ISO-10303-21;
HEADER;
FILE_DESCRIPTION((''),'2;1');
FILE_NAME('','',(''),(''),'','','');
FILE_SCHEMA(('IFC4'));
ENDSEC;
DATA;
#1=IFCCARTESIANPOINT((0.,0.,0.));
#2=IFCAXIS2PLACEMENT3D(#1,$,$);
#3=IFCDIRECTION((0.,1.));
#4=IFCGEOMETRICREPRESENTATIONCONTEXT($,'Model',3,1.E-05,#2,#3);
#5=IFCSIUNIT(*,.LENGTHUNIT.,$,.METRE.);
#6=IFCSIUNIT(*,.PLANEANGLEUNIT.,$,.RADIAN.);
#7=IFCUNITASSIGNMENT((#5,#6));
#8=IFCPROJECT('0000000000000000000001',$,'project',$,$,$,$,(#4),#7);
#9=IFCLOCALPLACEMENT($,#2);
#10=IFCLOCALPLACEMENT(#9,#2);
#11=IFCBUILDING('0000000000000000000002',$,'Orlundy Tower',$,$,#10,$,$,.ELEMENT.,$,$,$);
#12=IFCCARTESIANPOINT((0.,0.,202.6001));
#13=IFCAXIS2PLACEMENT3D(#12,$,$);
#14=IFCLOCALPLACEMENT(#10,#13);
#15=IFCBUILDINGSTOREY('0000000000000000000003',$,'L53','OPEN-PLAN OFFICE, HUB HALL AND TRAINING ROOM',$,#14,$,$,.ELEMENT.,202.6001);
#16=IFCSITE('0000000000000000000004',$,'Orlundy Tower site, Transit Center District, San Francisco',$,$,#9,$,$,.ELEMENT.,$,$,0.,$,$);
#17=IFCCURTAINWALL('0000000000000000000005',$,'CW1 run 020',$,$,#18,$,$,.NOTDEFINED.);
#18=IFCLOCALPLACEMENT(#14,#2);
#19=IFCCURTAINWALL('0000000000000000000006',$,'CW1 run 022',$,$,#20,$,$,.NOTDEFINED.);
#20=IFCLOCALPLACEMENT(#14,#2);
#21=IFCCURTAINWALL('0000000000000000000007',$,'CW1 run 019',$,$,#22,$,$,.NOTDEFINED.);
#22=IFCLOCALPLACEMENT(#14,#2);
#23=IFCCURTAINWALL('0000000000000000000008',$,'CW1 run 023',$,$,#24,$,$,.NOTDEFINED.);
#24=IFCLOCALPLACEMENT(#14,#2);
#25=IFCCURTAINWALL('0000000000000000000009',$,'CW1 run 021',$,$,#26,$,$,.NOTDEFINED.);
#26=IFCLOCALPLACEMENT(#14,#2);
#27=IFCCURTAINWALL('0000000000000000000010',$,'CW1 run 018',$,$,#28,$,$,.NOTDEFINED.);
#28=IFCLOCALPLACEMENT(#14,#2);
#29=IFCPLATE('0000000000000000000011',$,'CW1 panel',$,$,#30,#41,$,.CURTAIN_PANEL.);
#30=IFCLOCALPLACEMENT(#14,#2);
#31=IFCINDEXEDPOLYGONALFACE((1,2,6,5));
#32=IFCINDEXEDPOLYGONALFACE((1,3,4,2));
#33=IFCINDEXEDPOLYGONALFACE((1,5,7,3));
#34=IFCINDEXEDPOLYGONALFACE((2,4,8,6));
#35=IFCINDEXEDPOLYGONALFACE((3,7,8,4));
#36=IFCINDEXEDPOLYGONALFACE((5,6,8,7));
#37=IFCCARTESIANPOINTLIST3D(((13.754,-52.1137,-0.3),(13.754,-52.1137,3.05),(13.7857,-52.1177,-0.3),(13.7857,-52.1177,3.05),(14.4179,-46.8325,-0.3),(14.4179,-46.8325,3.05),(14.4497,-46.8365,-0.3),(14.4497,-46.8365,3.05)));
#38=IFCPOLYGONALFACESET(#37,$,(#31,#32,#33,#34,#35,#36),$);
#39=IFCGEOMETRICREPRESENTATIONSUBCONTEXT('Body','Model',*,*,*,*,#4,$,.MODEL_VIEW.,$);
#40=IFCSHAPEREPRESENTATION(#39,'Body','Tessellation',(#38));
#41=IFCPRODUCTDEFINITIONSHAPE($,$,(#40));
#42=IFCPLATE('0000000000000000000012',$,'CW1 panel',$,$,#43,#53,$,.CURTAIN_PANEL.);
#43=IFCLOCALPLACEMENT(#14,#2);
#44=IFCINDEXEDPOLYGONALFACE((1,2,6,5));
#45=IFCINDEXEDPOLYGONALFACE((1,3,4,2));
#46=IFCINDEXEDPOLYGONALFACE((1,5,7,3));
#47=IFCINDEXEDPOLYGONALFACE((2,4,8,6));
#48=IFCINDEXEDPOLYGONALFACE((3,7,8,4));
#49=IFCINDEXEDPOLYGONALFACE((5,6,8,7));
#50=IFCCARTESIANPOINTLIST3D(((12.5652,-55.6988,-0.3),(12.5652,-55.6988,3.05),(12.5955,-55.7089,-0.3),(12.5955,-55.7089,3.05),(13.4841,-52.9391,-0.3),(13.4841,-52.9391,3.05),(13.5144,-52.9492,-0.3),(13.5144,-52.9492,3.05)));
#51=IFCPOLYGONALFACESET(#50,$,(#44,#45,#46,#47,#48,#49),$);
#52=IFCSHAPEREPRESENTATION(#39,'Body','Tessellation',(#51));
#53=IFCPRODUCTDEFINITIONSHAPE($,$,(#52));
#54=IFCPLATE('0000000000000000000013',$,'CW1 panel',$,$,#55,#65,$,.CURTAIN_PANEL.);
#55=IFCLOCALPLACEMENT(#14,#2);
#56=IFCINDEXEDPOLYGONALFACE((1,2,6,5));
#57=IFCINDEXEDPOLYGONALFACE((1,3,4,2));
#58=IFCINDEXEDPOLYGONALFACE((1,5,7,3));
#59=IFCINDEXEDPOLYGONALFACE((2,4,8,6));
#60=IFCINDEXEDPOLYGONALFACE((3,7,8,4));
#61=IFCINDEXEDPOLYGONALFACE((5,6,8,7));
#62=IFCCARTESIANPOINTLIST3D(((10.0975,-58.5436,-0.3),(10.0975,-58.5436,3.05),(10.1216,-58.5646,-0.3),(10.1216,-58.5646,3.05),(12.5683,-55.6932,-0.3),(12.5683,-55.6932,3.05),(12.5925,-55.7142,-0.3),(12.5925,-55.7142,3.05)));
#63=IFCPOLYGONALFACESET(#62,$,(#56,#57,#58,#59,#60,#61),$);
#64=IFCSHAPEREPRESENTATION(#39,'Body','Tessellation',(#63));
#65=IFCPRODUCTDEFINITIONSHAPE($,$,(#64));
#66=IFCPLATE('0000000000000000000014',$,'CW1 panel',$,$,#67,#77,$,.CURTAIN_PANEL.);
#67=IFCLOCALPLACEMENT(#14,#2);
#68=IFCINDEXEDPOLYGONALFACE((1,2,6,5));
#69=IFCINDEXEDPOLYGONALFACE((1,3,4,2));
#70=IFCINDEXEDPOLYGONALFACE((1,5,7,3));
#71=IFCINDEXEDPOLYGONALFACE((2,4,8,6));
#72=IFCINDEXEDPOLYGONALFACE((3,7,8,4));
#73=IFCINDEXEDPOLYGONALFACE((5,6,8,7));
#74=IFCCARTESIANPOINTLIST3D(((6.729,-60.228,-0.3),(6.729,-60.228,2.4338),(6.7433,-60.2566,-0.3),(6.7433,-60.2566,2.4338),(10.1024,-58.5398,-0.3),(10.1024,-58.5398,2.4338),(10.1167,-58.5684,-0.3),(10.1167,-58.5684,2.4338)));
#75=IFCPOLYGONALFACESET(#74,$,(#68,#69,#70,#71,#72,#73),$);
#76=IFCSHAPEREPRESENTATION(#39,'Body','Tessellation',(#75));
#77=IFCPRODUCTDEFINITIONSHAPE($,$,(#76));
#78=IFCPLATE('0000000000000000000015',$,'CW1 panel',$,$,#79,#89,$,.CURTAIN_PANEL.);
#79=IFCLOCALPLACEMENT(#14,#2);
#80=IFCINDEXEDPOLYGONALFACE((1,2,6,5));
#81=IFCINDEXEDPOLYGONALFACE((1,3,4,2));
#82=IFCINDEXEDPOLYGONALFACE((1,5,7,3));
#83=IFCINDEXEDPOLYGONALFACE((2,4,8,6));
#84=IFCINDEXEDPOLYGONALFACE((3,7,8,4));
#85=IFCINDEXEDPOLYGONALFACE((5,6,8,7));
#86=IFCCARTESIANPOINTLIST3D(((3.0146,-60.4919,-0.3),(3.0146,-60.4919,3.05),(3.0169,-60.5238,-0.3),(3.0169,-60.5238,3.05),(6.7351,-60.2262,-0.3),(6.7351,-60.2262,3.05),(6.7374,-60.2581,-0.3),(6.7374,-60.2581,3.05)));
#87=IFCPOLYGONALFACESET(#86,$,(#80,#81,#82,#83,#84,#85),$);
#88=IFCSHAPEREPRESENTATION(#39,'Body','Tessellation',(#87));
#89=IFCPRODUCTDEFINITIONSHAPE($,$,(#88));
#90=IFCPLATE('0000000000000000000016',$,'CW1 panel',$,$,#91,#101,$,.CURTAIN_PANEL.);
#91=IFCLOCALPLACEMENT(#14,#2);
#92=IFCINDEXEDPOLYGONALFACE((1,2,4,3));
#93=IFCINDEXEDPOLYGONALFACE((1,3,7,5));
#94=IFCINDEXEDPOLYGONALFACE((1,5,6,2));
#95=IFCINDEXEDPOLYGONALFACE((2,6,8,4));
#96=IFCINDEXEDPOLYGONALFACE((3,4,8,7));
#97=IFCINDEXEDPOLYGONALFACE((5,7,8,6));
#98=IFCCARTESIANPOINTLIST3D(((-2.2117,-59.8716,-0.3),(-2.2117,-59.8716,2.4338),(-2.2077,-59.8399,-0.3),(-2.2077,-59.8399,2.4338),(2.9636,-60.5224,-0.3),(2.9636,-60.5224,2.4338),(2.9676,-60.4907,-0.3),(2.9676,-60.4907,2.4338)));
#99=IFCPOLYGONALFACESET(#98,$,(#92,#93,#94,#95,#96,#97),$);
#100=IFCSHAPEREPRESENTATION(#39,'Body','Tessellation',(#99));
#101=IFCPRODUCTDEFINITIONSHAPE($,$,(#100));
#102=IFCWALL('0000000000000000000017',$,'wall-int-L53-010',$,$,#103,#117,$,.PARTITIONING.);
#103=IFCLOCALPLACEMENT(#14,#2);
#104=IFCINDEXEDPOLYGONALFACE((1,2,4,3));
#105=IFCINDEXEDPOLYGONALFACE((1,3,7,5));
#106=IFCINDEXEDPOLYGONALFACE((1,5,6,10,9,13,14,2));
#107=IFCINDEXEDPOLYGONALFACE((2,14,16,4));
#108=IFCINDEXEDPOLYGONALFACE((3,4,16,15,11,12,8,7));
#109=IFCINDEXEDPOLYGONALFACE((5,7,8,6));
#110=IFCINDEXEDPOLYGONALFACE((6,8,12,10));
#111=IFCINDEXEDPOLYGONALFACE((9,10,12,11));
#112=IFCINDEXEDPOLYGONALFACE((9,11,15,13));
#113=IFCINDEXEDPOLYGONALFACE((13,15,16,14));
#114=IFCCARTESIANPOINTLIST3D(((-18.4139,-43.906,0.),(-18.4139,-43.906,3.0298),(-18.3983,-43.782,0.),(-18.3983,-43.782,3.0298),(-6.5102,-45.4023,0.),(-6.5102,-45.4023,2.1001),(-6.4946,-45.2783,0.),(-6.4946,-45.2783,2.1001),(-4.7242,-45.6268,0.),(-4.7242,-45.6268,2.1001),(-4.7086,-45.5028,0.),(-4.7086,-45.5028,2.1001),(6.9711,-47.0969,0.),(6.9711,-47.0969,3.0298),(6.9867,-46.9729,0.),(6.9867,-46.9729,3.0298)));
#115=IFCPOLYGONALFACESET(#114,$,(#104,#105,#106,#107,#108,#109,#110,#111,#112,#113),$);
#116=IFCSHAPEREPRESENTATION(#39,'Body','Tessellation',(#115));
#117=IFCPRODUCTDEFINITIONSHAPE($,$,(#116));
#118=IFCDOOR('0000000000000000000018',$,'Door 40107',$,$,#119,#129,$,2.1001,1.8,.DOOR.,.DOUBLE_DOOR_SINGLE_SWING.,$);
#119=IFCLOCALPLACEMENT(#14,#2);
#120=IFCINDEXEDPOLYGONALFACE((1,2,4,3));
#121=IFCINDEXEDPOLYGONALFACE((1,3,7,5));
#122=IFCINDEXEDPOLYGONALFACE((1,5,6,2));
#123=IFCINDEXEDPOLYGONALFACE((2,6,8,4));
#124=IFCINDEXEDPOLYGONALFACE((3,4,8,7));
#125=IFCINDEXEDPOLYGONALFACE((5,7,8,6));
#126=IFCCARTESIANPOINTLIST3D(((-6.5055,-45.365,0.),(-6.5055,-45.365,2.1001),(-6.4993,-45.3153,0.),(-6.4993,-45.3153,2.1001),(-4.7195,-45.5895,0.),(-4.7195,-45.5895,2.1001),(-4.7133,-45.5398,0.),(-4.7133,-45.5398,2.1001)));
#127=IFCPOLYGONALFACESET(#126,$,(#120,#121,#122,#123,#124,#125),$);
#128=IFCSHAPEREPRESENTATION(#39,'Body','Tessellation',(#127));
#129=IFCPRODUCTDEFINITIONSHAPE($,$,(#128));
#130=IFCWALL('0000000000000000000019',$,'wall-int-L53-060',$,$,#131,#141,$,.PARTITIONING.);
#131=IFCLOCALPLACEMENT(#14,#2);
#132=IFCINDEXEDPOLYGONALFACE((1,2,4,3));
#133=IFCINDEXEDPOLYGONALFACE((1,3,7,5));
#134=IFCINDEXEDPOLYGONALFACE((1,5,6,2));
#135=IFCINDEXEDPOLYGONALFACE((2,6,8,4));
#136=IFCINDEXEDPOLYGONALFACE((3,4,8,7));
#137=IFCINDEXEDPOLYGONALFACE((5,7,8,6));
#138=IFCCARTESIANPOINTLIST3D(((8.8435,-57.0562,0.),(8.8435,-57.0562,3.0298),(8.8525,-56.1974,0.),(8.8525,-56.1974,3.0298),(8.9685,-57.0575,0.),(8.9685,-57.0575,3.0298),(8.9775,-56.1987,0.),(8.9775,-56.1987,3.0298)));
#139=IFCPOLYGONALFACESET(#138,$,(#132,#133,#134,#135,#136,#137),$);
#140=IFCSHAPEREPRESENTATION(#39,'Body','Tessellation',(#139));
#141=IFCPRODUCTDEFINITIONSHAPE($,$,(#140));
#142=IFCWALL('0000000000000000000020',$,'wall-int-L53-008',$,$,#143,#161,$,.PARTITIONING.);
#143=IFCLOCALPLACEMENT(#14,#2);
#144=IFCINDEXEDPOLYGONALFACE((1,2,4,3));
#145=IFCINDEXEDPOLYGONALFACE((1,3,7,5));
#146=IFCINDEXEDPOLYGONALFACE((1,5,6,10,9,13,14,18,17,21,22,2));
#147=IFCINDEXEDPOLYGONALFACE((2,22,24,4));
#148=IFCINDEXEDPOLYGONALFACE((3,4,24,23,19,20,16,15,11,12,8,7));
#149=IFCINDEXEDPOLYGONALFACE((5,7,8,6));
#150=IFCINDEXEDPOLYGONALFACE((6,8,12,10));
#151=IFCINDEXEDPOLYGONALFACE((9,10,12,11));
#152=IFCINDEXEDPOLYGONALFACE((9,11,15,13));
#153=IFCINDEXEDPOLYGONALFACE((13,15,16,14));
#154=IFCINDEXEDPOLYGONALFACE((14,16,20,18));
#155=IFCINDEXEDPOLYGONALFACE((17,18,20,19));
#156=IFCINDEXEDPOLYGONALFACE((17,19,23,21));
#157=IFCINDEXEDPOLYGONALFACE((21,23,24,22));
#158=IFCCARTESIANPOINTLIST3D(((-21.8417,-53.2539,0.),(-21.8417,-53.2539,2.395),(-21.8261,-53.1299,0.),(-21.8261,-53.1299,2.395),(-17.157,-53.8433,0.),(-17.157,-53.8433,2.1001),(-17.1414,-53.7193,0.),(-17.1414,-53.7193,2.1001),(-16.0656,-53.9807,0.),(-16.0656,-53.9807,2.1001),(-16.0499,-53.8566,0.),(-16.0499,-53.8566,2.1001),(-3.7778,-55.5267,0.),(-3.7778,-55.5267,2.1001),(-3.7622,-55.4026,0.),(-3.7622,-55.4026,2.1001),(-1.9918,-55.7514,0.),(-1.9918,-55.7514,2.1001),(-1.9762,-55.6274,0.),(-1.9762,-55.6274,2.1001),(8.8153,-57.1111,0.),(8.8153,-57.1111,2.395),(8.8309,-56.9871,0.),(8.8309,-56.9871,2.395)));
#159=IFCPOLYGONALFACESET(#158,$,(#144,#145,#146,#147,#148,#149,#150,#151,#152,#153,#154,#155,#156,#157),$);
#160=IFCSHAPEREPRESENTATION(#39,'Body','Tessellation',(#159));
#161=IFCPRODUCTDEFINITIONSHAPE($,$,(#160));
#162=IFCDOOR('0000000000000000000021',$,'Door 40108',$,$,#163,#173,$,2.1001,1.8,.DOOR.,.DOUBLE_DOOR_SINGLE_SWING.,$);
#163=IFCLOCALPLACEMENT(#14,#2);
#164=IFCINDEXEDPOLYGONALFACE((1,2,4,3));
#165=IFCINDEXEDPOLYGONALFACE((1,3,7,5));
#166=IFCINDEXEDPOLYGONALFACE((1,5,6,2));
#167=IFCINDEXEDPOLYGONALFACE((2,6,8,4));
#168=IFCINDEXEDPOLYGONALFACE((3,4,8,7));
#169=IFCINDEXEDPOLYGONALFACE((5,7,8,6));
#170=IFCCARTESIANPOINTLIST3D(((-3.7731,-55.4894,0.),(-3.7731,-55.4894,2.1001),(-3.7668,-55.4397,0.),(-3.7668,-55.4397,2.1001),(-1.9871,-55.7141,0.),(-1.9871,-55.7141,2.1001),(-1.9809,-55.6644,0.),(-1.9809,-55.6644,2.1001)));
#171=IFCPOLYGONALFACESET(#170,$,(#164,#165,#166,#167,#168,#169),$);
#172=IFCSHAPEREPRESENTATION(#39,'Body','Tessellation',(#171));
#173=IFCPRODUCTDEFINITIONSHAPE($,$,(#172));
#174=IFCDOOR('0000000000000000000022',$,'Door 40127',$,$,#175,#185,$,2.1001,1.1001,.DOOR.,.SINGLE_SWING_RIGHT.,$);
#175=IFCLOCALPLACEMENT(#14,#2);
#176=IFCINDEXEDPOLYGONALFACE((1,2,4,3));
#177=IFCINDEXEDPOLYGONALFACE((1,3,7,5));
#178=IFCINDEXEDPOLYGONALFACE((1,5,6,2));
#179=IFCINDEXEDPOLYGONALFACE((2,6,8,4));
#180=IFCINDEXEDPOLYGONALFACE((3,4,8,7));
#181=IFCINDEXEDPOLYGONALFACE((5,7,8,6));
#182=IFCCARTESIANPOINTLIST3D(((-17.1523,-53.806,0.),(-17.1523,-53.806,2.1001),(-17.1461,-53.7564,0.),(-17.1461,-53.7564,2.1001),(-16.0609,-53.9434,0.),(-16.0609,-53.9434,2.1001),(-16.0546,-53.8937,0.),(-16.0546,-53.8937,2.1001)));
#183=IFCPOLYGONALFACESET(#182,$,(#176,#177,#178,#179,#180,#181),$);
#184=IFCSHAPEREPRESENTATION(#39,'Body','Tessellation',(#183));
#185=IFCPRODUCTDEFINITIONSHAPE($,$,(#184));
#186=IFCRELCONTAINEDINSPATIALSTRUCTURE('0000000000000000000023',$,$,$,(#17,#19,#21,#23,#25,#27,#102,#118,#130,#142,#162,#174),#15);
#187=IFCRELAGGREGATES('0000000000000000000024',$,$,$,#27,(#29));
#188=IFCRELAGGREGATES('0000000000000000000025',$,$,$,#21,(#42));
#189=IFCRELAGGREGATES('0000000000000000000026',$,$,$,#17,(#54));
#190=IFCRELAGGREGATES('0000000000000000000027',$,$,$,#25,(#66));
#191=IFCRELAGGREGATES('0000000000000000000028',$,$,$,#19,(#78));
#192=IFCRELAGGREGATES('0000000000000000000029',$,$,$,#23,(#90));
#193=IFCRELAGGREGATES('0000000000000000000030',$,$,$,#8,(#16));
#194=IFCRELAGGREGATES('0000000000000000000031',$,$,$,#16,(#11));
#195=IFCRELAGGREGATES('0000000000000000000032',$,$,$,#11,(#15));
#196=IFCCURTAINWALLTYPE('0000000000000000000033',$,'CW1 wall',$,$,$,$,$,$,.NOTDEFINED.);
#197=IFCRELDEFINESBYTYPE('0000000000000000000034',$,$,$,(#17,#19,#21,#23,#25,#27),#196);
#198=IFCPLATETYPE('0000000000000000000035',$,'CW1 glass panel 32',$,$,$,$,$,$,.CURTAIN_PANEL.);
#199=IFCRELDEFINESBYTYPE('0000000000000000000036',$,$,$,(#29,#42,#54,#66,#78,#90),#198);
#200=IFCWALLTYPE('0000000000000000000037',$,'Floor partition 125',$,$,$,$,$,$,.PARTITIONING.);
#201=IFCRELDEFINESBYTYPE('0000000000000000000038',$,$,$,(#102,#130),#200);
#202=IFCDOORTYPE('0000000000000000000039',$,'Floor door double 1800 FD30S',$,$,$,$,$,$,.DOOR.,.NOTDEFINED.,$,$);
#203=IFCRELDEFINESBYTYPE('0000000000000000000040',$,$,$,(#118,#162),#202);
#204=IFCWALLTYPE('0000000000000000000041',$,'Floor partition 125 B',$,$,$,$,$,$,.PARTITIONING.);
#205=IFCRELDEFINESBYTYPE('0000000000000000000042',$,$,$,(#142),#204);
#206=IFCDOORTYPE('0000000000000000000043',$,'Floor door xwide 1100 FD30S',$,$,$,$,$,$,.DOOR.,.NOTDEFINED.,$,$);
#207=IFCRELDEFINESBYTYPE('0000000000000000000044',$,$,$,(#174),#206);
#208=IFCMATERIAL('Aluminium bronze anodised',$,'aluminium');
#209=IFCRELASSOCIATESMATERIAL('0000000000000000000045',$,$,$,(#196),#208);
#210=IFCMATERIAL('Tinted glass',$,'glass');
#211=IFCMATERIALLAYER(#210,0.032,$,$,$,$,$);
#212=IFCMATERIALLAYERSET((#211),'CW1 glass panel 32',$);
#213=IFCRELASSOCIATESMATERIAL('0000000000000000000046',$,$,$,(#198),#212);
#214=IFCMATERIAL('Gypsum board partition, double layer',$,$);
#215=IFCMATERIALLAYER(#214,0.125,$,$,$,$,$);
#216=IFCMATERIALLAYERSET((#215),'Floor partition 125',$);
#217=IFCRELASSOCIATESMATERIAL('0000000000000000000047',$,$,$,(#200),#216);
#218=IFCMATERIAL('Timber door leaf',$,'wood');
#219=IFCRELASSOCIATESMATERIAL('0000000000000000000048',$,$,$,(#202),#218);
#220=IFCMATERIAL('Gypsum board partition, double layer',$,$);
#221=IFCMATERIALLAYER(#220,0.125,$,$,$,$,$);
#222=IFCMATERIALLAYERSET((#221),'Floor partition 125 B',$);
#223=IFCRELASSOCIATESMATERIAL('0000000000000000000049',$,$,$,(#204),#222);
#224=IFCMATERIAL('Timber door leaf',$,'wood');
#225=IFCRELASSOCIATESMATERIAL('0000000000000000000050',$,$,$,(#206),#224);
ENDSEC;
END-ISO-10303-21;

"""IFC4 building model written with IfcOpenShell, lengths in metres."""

from ifc_helpers import new_model, si_unit, direction, frame, frame_2d, origin, origin_2d, place, context, subcontext, project, spatial, rectangle, extrude, material, layer, layer_set, type_object, element, fill, aggregate, save


model = new_model("IFC4")

# Units and contexts
model_context = context("Model", 3, precision=1e-05, world=origin(), true_north=direction((0.0, 1.0)))
body_context = subcontext(model_context, "Body", "Model", "MODEL_VIEW")
ifc_project = project(units=[si_unit("LENGTHUNIT", "METRE"), si_unit("PLANEANGLEUNIT", "RADIAN")], contexts=[model_context])

# Site, building, storey
site_placement = place(None, origin())
site = spatial("IfcSite", under=ifc_project, at=site_placement, Name="Orlundy Tower site, Transit Center District, San Francisco", CompositionType="ELEMENT", RefElevation=0.0)
building_placement = place(site_placement, origin())
building = spatial("IfcBuilding", under=site, at=building_placement, Name="Orlundy Tower", CompositionType="ELEMENT")
storey_placement = place(building_placement, frame((0.0, 0.0, 202.6001)))
storey = spatial("IfcBuildingStorey", under=building, at=storey_placement, Name="L53", Description="OPEN-PLAN OFFICE, HUB HALL AND TRAINING ROOM", CompositionType="ELEMENT", Elevation=202.6001)

# Curtain walls
ifc_material_1 = material(Name="Aluminium bronze anodised", Category="aluminium")
curtain_wall_type = type_object("IfcCurtainWallType", Name="CW1 wall", PredefinedType="NOTDEFINED", material=ifc_material_1)
curtain_wall_1_placement = place(storey_placement, origin())
curtain_wall_1 = element("IfcCurtainWall", 1, at=curtain_wall_1_placement, inside=storey, type_object=curtain_wall_type, Name="CW1 run 020", PredefinedType="NOTDEFINED")
curtain_wall_2_placement = place(storey_placement, origin())
curtain_wall_2 = element("IfcCurtainWall", 2, at=curtain_wall_2_placement, inside=storey, type_object=curtain_wall_type, Name="CW1 run 022", PredefinedType="NOTDEFINED")
curtain_wall_3_placement = place(storey_placement, origin())
curtain_wall_3 = element("IfcCurtainWall", 3, at=curtain_wall_3_placement, inside=storey, type_object=curtain_wall_type, Name="CW1 run 019", PredefinedType="NOTDEFINED")

# Curtain wall
curtain_wall_4_placement = place(storey_placement, origin())
curtain_wall_4 = element("IfcCurtainWall", 4, at=curtain_wall_4_placement, inside=storey, type_object=curtain_wall_type, Name="CW1 run 023", PredefinedType="NOTDEFINED")

# Curtain wall
curtain_wall_5_placement = place(storey_placement, origin())
curtain_wall_5 = element("IfcCurtainWall", 5, at=curtain_wall_5_placement, inside=storey, type_object=curtain_wall_type, Name="CW1 run 021", PredefinedType="NOTDEFINED")

# Curtain wall, plate
curtain_wall_6_placement = place(storey_placement, origin())
curtain_wall_6 = element("IfcCurtainWall", 6, at=curtain_wall_6_placement, inside=storey, type_object=curtain_wall_type, Name="CW1 run 018", PredefinedType="NOTDEFINED")
ifc_material_2 = material(Name="Tinted glass", Category="glass")
ifc_layer_1 = layer(ifc_material_2, 0.032)
ifc_layer_set_1 = layer_set([ifc_layer_1], Name="CW1 glass panel 32")
plate_type = type_object("IfcPlateType", Name="CW1 glass panel 32", PredefinedType="CURTAIN_PANEL", material=ifc_layer_set_1)
plate_1_placement = place(storey_placement, frame((14.1018, -49.4751, -0.3), z_axis=(0.0, 0.0, 1.0), x_axis=(-0.124742, -0.992189, 0.0)))
plate_1 = element("IfcPlate", 7, at=plate_1_placement, type_object=plate_type, Name="CW1 panel", PredefinedType="CURTAIN_PANEL", context=body_context, shape_type="SweptSolid", body=[
    extrude(rectangle(XDim=5.3228, YDim=0.032, at=origin_2d()), origin(), (0.0, 0.0, 1.0), 3.3501),
])
aggregate(curtain_wall_6, [plate_1])

# Plates
plate_2_placement = place(storey_placement, frame((13.0398, -54.324, -0.3), z_axis=(0.0, 0.0, 1.0), x_axis=(-0.315904, -0.948791, 0.0)))
plate_2 = element("IfcPlate", 8, at=plate_2_placement, type_object=plate_type, Name="CW1 panel", PredefinedType="CURTAIN_PANEL", context=body_context, shape_type="SweptSolid", body=[
    extrude(rectangle(XDim=2.9087, YDim=0.032, at=origin_2d()), origin(), (0.0, 0.0, 1.0), 3.3501),
])
aggregate(curtain_wall_3, [plate_2])
plate_3_placement = place(storey_placement, frame((11.345, -57.1289, -0.3), z_axis=(0.0, 0.0, 1.0), x_axis=(-0.655002, -0.755627, 0.0)))
plate_3 = element("IfcPlate", 9, at=plate_3_placement, type_object=plate_type, Name="CW1 panel", PredefinedType="CURTAIN_PANEL", context=body_context, shape_type="SweptSolid", body=[
    extrude(rectangle(XDim=3.7722, YDim=0.032, at=origin_2d()), origin(), (0.0, 0.0, 1.0), 3.3501),
])
aggregate(curtain_wall_1, [plate_3])
plate_4_placement = place(storey_placement, frame((8.4229, -59.3982, -0.3), z_axis=(0.0, 0.0, 1.0), x_axis=(-0.894265, -0.447537, 0.0)))
plate_4 = element("IfcPlate", 10, at=plate_4_placement, type_object=plate_type, Name="CW1 panel", PredefinedType="CURTAIN_PANEL", context=body_context, shape_type="SweptSolid", body=[
    extrude(rectangle(XDim=3.7722, YDim=0.032, at=origin_2d()), origin(), (0.0, 0.0, 1.0), 2.7339),
])
aggregate(curtain_wall_5, [plate_4])
plate_5_placement = place(storey_placement, frame((4.876, -60.375, -0.3), z_axis=(0.0, 0.0, 1.0), x_axis=(-0.99746, -0.071228, 0.0)))
plate_5 = element("IfcPlate", 11, at=plate_5_placement, type_object=plate_type, Name="CW1 panel", PredefinedType="CURTAIN_PANEL", context=body_context, shape_type="SweptSolid", body=[
    extrude(rectangle(XDim=3.73, YDim=0.032, at=origin_2d()), origin(), (0.0, 0.0, 1.0), 3.3501),
])
aggregate(curtain_wall_2, [plate_5])
plate_6_placement = place(storey_placement, frame((0.3779, -60.1812, -0.3), z_axis=(0.0, 0.0, 1.0), x_axis=(-0.992187, 0.124761, 0.0)))
plate_6 = element("IfcPlate", 12, at=plate_6_placement, type_object=plate_type, Name="CW1 panel", PredefinedType="CURTAIN_PANEL", context=body_context, shape_type="SweptSolid", body=[
    extrude(rectangle(XDim=5.2161, YDim=0.032, at=origin_2d()), origin(), (0.0, 0.0, 1.0), 2.7339),
])
aggregate(curtain_wall_4, [plate_6])

# Wall, opening, door
ifc_material_3 = material(Name="Gypsum board partition, double layer")
ifc_layer_2 = layer(ifc_material_3, 0.125)
ifc_layer_set_2 = layer_set([ifc_layer_2], Name="Floor partition 125")
wall_type_1 = type_object("IfcWallType", Name="Floor partition 125", PredefinedType="PARTITIONING", material=ifc_layer_set_2)
wall_1_placement = place(storey_placement, frame((6.979, -47.0349, 0.0), z_axis=(0.0, 0.0, 1.0), x_axis=(-0.992192, 0.124719, 0.0)))
wall_1 = element("IfcWall", 13, at=wall_1_placement, inside=storey, type_object=wall_type_1, Name="wall-int-L53-010", PredefinedType="PARTITIONING", context=body_context, shape_type="SweptSolid", body=[
    extrude(rectangle(XDim=25.5847, YDim=0.125, at=frame_2d((12.7925, 0.0))), origin(), (0.0, 0.0, 1.0), 3.0298),
])
opening_1_placement = place(wall_1_placement, frame((11.7876, 0.0, 0.0)))
opening_1 = element("IfcOpeningElement", 14, at=opening_1_placement, cuts=wall_1, PredefinedType="OPENING", context=body_context, shape_type="SweptSolid", body=[
    extrude(rectangle(XDim=1.8, YDim=2.1001, at=frame_2d((0.8999, 1.05))), frame((0.0, 0.0725, 0.0), z_axis=(0.0, -1.0, 0.0), x_axis=(1.0, 0.0, 0.0)), (0.0, 0.0, 1.0), 0.145),
])
ifc_material_4 = material(Name="Timber door leaf", Category="wood")
door_type_1 = type_object("IfcDoorType", Name="Floor door double 1800 FD30S", OperationType="NOTDEFINED", PredefinedType="DOOR", material=ifc_material_4)
door_1_placement = place(opening_1_placement, origin())
door_1 = element("IfcDoor", 15, at=door_1_placement, inside=storey, type_object=door_type_1, Name="Door 40107", OperationType="DOUBLE_DOOR_SINGLE_SWING", OverallHeight=2.1001, OverallWidth=1.8, PredefinedType="DOOR", context=body_context, shape_type="SweptSolid", body=[
    extrude(rectangle(XDim=1.8, YDim=2.1001, at=frame_2d((0.8999, 1.05))), frame((0.0, 0.0249, 0.0), z_axis=(0.0, -1.0, 0.0), x_axis=(1.0, 0.0, 0.0)), (0.0, 0.0, 1.0), 0.05),
])
fill(opening_1, door_1)

# Wall
wall_2_placement = place(storey_placement, frame((8.906, -57.0569, 0.0), z_axis=(0.0, 0.0, 1.0), x_axis=(0.010517, 0.999945, 0.0)))
element("IfcWall", 16, at=wall_2_placement, inside=storey, type_object=wall_type_1, Name="wall-int-L53-060", PredefinedType="PARTITIONING", context=body_context, shape_type="SweptSolid", body=[
    extrude(rectangle(XDim=0.8589, YDim=0.125, at=frame_2d((0.4294, 0.0))), origin(), (0.0, 0.0, 1.0), 3.0298),
])

# Wall, openings, doors
ifc_material_5 = material(Name="Gypsum board partition, double layer")
ifc_layer_3 = layer(ifc_material_5, 0.125)
ifc_layer_set_3 = layer_set([ifc_layer_3], Name="Floor partition 125 B")
wall_type_2 = type_object("IfcWallType", Name="Floor partition 125 B", PredefinedType="PARTITIONING", material=ifc_layer_set_3)
wall_3_placement = place(storey_placement, frame((8.823, -57.0491, 0.0), z_axis=(0.0, 0.0, 1.0), x_axis=(-0.992178, 0.124833, 0.0)))
wall_3 = element("IfcWall", 17, at=wall_3_placement, inside=storey, type_object=wall_type_2, Name="wall-int-L53-008", PredefinedType="PARTITIONING", context=body_context, shape_type="SweptSolid", body=[
    extrude(rectangle(XDim=30.8987, YDim=0.125, at=frame_2d((15.4492, 0.0))), origin(), (0.0, 0.0, 1.0), 2.395),
])
opening_2_placement = place(wall_3_placement, frame((10.8923, 0.0, 0.0)))
opening_2 = element("IfcOpeningElement", 18, at=opening_2_placement, cuts=wall_3, PredefinedType="OPENING", context=body_context, shape_type="SweptSolid", body=[
    extrude(rectangle(XDim=1.8, YDim=2.1001, at=frame_2d((0.8999, 1.05))), frame((0.0, 0.0725, 0.0), z_axis=(0.0, -1.0, 0.0), x_axis=(1.0, 0.0, 0.0)), (0.0, 0.0, 1.0), 0.145),
])
opening_3_placement = place(wall_3_placement, frame((25.0769, 0.0, 0.0)))
opening_3 = element("IfcOpeningElement", 19, at=opening_3_placement, cuts=wall_3, PredefinedType="OPENING", context=body_context, shape_type="SweptSolid", body=[
    extrude(rectangle(XDim=1.1001, YDim=2.1001, at=frame_2d((0.55, 1.05))), frame((0.0, 0.0725, 0.0), z_axis=(0.0, -1.0, 0.0), x_axis=(1.0, 0.0, 0.0)), (0.0, 0.0, 1.0), 0.145),
])
door_2_placement = place(opening_2_placement, origin())
door_2 = element("IfcDoor", 20, at=door_2_placement, inside=storey, type_object=door_type_1, Name="Door 40108", OperationType="DOUBLE_DOOR_SINGLE_SWING", OverallHeight=2.1001, OverallWidth=1.8, PredefinedType="DOOR", context=body_context, shape_type="SweptSolid", body=[
    extrude(rectangle(XDim=1.8, YDim=2.1001, at=frame_2d((0.8999, 1.05))), frame((0.0, 0.0249, 0.0), z_axis=(0.0, -1.0, 0.0), x_axis=(1.0, 0.0, 0.0)), (0.0, 0.0, 1.0), 0.05),
])
fill(opening_2, door_2)
ifc_material_6 = material(Name="Timber door leaf", Category="wood")
door_type_2 = type_object("IfcDoorType", Name="Floor door xwide 1100 FD30S", OperationType="NOTDEFINED", PredefinedType="DOOR", material=ifc_material_6)
door_3_placement = place(opening_3_placement, origin())
door_3 = element("IfcDoor", 21, at=door_3_placement, inside=storey, type_object=door_type_2, Name="Door 40127", OperationType="SINGLE_SWING_RIGHT", OverallHeight=2.1001, OverallWidth=1.1001, PredefinedType="DOOR", context=body_context, shape_type="SweptSolid", body=[
    extrude(rectangle(XDim=1.1001, YDim=2.1001, at=frame_2d((0.55, 1.05))), frame((0.0, 0.0249, 0.0), z_axis=(0.0, -1.0, 0.0), x_axis=(1.0, 0.0, 0.0)), (0.0, 0.0, 1.0), 0.05),
])
fill(opening_3, door_3)

save(model, "model.ifc")
